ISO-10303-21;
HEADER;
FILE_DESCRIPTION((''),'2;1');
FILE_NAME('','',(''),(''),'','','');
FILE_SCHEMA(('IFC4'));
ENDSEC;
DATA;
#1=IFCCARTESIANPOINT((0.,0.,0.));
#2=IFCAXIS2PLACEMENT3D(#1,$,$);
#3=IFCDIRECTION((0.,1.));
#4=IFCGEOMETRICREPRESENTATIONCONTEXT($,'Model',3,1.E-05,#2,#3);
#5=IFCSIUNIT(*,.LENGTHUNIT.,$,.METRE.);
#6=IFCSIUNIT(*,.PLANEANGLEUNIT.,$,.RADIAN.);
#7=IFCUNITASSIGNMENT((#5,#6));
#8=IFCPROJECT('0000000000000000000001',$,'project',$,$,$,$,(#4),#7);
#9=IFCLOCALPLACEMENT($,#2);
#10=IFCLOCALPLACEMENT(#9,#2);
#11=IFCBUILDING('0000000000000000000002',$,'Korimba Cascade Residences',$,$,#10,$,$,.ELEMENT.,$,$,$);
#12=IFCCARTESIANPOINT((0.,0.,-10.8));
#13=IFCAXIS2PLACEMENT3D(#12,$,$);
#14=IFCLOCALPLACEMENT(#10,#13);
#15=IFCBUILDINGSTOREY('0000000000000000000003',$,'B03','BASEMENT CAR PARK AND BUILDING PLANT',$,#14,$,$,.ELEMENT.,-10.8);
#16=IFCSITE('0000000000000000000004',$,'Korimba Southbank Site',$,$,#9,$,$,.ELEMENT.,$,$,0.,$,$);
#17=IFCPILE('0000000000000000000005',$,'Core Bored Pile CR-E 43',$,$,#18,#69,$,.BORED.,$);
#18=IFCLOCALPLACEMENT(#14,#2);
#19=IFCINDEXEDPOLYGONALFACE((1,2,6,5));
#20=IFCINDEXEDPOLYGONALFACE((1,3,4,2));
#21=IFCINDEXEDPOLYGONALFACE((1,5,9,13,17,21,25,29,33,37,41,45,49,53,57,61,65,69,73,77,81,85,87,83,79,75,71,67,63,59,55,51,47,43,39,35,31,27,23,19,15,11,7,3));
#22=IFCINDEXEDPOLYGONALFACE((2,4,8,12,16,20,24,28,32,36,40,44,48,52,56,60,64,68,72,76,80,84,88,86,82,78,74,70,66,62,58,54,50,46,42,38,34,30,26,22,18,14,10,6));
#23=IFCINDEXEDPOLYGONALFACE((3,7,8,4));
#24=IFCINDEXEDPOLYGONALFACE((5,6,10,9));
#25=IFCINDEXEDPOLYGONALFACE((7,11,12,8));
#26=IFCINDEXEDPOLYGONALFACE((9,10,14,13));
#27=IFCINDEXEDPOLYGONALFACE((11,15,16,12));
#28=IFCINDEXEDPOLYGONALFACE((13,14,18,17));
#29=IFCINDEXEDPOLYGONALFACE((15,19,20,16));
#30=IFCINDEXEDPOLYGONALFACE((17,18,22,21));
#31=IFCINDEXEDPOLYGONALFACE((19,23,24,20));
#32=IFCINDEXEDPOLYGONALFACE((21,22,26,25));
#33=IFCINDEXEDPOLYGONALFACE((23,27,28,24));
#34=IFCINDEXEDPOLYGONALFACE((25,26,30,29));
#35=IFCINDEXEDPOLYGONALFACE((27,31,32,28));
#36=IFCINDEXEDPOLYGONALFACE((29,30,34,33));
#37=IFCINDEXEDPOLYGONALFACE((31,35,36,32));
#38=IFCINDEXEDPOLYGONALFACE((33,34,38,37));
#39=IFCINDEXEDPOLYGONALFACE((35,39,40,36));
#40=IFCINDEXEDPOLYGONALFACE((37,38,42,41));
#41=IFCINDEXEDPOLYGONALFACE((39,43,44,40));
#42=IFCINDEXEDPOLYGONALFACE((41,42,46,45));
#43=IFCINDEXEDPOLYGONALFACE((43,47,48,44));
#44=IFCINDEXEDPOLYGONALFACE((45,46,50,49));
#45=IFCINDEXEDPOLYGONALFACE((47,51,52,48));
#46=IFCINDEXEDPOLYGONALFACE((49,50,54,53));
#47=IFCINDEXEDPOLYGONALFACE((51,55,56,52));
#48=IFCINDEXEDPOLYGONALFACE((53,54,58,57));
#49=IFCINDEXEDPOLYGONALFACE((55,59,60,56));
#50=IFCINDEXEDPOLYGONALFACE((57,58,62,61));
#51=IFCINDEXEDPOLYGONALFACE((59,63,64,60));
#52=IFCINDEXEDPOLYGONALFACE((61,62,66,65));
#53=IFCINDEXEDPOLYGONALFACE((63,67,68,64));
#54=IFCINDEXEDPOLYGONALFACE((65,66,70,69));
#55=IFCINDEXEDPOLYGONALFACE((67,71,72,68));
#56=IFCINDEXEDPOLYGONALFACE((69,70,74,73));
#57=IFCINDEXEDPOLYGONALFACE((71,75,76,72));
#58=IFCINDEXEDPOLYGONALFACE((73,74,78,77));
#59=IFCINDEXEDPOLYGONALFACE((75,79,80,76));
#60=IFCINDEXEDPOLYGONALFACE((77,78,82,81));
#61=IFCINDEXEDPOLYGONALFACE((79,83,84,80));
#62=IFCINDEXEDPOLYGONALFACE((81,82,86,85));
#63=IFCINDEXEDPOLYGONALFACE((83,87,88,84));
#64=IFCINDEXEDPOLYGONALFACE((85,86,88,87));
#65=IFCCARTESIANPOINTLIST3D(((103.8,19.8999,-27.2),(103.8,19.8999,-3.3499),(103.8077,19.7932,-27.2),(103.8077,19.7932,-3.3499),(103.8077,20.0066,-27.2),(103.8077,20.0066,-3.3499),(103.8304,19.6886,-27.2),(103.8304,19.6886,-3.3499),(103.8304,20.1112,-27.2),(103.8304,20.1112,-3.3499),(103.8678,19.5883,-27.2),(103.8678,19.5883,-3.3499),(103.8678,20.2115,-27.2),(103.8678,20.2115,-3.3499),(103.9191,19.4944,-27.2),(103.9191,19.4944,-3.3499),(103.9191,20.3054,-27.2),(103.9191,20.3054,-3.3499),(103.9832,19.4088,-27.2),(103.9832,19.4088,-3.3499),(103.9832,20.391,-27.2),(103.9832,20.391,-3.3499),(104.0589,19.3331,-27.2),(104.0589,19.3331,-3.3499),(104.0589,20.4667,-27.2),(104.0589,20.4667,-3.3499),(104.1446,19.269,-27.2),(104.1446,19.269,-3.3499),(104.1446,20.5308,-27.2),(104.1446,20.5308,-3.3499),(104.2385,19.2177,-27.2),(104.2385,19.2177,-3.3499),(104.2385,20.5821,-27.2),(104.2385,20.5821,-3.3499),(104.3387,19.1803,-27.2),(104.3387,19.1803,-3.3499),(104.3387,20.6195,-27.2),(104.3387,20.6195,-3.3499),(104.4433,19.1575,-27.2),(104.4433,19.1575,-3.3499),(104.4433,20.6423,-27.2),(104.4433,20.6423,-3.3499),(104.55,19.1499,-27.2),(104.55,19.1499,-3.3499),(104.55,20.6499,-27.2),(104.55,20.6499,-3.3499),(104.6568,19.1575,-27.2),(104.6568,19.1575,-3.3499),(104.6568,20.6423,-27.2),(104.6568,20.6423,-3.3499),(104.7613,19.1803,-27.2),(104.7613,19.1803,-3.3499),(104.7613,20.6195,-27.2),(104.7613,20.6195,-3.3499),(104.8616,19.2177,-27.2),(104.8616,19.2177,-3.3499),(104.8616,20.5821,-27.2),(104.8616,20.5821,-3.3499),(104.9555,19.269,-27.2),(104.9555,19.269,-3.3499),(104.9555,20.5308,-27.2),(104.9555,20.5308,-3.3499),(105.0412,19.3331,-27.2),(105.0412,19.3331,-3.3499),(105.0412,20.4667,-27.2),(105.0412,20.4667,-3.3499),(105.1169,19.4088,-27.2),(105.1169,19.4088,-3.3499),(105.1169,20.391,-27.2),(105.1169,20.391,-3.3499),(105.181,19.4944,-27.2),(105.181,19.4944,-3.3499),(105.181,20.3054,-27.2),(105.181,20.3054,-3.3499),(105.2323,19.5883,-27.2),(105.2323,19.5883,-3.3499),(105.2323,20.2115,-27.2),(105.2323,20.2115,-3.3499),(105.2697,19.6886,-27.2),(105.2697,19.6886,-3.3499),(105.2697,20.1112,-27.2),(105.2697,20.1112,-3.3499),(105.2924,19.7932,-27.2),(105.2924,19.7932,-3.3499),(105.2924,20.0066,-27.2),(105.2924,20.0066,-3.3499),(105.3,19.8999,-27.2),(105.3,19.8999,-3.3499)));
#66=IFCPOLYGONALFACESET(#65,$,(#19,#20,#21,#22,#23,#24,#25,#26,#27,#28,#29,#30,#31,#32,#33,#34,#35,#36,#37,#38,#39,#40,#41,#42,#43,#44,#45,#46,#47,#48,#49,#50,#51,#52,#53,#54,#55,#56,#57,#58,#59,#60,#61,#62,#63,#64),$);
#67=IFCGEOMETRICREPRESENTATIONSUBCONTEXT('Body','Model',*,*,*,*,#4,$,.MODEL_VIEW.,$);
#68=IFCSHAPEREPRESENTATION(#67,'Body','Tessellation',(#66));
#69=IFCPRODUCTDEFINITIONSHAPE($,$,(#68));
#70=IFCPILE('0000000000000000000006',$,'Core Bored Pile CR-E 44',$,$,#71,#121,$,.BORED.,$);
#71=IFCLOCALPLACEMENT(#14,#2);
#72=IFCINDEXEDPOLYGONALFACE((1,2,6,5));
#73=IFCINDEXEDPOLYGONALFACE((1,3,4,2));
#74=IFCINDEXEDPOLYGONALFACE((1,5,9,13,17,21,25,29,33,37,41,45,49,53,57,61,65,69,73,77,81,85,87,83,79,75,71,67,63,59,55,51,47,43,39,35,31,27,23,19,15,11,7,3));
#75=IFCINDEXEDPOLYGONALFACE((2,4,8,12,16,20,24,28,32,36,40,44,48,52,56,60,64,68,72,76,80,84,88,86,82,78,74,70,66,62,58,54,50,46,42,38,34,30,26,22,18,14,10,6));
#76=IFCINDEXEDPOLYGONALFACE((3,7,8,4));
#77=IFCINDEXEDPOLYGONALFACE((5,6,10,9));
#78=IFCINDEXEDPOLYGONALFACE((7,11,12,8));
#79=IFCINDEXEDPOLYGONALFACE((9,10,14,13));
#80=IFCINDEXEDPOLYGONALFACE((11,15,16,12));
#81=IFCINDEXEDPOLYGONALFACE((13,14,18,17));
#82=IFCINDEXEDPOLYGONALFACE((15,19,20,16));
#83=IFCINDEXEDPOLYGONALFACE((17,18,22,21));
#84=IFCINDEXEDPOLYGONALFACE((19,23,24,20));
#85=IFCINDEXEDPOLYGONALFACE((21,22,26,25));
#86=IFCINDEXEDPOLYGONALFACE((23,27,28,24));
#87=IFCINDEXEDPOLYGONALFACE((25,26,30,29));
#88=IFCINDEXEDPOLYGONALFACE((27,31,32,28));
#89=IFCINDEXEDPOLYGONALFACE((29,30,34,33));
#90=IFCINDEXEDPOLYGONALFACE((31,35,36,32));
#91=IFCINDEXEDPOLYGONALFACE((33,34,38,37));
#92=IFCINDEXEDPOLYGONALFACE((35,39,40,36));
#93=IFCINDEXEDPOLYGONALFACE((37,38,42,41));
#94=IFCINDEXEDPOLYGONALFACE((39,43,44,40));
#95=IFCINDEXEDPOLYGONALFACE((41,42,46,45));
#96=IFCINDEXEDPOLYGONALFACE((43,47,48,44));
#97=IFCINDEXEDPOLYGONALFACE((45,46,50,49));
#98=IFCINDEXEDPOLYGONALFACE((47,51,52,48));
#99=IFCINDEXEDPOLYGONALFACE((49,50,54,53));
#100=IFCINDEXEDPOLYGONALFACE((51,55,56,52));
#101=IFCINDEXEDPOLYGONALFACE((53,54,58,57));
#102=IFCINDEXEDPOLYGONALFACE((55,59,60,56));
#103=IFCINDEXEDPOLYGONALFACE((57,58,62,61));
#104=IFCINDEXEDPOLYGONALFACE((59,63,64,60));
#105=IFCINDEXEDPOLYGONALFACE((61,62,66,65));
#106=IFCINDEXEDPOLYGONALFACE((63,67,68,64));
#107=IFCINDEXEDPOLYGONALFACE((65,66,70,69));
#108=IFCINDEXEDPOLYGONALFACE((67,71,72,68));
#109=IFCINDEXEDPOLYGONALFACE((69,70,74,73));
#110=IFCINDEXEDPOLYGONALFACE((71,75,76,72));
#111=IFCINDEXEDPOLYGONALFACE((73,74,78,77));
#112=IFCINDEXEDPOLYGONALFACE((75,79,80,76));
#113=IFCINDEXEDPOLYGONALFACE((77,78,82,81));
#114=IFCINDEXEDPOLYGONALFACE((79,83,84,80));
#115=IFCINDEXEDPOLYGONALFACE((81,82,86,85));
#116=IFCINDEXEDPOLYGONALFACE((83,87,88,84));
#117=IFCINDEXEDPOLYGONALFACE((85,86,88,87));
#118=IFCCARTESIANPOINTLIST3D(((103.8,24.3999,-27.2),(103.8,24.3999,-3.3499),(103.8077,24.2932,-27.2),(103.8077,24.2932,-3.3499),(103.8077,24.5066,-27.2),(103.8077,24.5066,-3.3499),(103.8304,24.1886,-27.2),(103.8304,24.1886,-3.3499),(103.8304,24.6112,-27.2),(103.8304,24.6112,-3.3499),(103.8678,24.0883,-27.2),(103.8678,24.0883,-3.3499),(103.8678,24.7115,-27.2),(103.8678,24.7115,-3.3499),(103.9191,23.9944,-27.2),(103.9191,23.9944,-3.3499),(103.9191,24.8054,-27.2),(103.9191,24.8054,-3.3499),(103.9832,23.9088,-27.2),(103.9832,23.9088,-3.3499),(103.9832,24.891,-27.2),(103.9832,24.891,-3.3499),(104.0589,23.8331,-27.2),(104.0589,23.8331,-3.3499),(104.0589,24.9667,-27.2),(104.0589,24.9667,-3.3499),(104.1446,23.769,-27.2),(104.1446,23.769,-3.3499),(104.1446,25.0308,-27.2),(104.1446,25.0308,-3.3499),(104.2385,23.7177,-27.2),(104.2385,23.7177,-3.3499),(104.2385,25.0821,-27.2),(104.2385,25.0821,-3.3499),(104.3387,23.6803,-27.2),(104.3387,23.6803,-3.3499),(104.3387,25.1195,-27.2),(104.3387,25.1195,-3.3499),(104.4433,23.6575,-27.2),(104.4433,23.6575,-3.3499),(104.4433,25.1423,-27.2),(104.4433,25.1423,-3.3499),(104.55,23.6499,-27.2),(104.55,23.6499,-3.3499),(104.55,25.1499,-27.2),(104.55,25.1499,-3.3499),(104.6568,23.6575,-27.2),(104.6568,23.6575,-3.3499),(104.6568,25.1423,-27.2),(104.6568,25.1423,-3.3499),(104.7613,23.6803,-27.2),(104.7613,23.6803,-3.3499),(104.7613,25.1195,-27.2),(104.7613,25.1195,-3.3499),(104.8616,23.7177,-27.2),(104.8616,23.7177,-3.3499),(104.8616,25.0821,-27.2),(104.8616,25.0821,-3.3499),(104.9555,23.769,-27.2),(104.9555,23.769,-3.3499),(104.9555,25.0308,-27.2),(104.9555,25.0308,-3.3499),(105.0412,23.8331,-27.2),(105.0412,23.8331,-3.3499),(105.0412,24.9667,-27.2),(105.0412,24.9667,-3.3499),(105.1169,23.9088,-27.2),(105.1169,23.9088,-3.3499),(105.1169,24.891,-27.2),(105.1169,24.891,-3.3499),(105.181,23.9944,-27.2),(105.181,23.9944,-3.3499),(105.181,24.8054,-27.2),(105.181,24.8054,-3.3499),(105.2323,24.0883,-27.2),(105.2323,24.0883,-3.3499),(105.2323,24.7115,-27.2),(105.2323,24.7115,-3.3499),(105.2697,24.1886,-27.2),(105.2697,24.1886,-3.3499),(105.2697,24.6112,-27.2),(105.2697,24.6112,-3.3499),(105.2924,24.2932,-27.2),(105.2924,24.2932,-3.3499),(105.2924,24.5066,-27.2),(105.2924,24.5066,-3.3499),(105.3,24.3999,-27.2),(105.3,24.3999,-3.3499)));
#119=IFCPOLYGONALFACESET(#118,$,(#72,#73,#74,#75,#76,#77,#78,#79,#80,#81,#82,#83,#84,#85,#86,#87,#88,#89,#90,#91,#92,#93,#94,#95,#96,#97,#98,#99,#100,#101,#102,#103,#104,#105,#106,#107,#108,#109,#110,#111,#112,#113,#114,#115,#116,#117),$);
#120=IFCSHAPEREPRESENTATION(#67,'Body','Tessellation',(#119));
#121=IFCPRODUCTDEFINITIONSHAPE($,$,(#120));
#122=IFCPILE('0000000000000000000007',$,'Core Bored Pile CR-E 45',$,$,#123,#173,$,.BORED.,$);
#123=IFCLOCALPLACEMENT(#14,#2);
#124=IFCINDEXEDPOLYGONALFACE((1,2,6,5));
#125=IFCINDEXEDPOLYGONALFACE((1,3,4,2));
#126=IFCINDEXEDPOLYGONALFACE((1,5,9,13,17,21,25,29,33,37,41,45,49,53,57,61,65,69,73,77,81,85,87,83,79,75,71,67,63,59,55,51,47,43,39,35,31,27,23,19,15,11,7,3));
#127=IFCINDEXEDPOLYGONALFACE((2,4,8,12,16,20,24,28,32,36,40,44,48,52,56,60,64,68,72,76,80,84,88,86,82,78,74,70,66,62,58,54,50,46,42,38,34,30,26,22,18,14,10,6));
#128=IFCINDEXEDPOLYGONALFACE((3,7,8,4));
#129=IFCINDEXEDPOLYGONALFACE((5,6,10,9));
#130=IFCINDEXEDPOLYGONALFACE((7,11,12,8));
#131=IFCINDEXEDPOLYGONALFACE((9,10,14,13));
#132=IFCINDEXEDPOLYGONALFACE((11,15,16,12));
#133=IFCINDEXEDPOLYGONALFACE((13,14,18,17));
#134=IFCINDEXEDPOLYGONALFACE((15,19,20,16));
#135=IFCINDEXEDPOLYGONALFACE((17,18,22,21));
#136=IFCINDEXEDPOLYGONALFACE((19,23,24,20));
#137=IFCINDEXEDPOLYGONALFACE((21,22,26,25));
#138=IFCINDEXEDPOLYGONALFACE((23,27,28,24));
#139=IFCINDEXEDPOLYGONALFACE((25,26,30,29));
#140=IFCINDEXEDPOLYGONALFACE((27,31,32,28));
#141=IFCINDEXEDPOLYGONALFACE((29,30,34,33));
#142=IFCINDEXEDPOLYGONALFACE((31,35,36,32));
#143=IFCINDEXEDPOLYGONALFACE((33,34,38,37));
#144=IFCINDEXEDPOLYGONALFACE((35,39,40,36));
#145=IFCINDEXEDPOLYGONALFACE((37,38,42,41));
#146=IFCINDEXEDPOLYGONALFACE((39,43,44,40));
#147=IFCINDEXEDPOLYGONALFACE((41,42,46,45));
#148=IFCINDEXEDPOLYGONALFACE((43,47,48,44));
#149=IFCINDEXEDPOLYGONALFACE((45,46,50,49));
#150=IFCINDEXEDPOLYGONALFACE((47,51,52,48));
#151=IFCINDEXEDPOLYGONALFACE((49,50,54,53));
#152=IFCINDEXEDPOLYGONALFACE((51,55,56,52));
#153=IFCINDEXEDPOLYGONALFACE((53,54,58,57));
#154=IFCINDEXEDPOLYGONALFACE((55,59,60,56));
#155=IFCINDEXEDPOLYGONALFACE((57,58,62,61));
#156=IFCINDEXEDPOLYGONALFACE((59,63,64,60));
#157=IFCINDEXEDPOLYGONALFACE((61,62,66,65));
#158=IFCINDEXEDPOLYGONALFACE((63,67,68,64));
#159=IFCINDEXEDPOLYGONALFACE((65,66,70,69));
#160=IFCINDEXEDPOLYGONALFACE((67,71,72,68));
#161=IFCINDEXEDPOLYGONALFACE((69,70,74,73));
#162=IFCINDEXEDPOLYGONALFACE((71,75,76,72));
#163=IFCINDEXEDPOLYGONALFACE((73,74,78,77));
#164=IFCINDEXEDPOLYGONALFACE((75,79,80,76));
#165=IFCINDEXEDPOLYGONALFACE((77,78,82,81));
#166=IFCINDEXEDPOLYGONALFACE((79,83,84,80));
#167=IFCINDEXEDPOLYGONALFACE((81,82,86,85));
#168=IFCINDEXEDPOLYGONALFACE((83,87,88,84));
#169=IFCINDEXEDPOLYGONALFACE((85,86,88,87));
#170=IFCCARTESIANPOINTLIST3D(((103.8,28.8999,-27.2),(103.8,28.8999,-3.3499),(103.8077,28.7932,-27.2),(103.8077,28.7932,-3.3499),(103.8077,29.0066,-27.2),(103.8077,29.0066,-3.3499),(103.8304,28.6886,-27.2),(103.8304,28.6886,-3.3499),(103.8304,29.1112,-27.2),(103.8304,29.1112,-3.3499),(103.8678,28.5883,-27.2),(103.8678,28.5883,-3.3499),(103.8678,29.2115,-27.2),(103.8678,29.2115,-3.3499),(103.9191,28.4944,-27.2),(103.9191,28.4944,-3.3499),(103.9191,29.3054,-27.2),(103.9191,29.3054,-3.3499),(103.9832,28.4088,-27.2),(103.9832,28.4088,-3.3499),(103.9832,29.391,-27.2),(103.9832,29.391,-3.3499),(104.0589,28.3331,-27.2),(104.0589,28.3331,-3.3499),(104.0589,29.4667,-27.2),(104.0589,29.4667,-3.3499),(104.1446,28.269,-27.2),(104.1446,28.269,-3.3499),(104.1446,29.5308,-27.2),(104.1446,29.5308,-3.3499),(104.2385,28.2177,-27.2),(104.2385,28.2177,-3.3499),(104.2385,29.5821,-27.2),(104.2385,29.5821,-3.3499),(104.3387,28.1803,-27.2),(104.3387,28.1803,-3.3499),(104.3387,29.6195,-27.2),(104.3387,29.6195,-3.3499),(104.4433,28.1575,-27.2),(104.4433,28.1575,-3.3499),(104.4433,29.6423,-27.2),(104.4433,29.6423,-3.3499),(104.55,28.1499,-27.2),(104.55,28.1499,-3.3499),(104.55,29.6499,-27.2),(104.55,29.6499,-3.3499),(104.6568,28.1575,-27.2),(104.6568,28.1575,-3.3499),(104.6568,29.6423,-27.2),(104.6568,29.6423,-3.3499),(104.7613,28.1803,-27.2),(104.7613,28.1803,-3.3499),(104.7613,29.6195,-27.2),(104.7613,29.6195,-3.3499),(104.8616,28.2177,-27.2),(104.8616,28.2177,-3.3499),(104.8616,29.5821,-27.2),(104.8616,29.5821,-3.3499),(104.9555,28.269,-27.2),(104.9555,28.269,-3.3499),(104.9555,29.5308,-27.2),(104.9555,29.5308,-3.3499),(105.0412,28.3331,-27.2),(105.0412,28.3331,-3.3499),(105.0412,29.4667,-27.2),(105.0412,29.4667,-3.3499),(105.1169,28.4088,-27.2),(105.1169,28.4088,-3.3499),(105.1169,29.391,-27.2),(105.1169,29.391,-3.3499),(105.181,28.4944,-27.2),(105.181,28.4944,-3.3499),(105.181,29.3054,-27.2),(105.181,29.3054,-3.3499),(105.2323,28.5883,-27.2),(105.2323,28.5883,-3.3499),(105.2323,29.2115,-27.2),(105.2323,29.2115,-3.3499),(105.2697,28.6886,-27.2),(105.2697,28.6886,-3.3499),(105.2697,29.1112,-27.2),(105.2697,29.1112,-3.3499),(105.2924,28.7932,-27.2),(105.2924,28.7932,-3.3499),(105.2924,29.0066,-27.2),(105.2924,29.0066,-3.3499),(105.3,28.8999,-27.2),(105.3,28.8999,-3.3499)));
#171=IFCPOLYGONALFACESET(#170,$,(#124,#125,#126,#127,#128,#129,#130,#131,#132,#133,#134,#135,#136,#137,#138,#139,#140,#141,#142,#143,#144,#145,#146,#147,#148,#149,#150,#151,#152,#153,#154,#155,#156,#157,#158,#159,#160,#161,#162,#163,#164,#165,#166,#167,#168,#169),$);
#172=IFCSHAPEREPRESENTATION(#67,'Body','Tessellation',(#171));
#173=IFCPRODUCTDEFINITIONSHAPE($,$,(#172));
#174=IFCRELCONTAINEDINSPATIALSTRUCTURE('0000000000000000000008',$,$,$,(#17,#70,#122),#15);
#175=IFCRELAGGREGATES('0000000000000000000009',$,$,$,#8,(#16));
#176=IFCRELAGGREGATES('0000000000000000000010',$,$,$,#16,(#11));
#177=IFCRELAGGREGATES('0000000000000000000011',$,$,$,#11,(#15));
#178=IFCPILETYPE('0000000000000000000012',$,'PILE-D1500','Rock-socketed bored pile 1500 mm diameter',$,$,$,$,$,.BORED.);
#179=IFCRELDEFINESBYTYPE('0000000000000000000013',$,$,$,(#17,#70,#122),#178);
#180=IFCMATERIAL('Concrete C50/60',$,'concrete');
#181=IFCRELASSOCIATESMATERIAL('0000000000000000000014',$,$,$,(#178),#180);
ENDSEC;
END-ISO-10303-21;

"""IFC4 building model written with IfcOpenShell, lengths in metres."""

from ifc_helpers import new_model, si_unit, direction, frame, origin, origin_2d, place, context, subcontext, project, spatial, circle, extrude, material, material_profile, profile_set, type_object, element, save


model = new_model("IFC4")

# Units and contexts
model_context = context("Model", 3, precision=1e-05, world=origin(), true_north=direction((0.0, 1.0)))
body_context = subcontext(model_context, "Body", "Model", "MODEL_VIEW")
ifc_project = project(units=[si_unit("LENGTHUNIT", "METRE"), si_unit("PLANEANGLEUNIT", "RADIAN")], contexts=[model_context])

# Site, building, storey
site_placement = place(None, origin())
site = spatial("IfcSite", under=ifc_project, at=site_placement, Name="Korimba Southbank Site", CompositionType="ELEMENT", RefElevation=0.0)
building_placement = place(site_placement, origin())
building = spatial("IfcBuilding", under=site, at=building_placement, Name="Korimba Cascade Residences", CompositionType="ELEMENT")
storey_placement = place(building_placement, frame((0.0, 0.0, -10.8)))
storey = spatial("IfcBuildingStorey", under=building, at=storey_placement, Name="B03", Description="BASEMENT CAR PARK AND BUILDING PLANT", CompositionType="ELEMENT", Elevation=-10.8)

# Piles
ifc_material_1 = material(Name="Concrete C50/60", Category="concrete")
ifc_material_profile_1 = material_profile(ifc_material_1, circle(Radius=0.75, at=origin_2d()), Name="Concrete C50/60")
ifc_profile_set_1 = profile_set([ifc_material_profile_1], Name="Concrete C50/60")
pile_type_1 = type_object("IfcPileType", Name="PILE-D1500", Description="Rock-socketed bored pile 1500 mm diameter", PredefinedType="BORED", material=ifc_profile_set_1)
for number, where, z_axis, x_axis, name in (
    (1, (104.55, 19.8999, -3.3499), (0.0, 0.0, -1.0), (1.0, 0.0, 0.0), "Core Bored Pile CR-E 43"),
    (2, (104.55, 24.3999, -3.3499), (0.0, 0.0, -1.0), (1.0, 0.0, 0.0), "Core Bored Pile CR-E 44"),
    (3, (104.55, 28.8999, -3.3499), (0.0, 0.0, -1.0), (1.0, 0.0, 0.0), "Core Bored Pile CR-E 45"),
):
    element("IfcPile", number, at=place(storey_placement, frame(where, z_axis=z_axis, x_axis=x_axis)), inside=storey, type_object=pile_type_1, Name=name, PredefinedType="BORED", context=body_context, shape_type="SweptSolid", body=[
        extrude(circle(Radius=0.75, at=origin_2d()), origin(), (0.0, 0.0, 1.0), 23.8501),
    ])

save(model, "model.ifc")
